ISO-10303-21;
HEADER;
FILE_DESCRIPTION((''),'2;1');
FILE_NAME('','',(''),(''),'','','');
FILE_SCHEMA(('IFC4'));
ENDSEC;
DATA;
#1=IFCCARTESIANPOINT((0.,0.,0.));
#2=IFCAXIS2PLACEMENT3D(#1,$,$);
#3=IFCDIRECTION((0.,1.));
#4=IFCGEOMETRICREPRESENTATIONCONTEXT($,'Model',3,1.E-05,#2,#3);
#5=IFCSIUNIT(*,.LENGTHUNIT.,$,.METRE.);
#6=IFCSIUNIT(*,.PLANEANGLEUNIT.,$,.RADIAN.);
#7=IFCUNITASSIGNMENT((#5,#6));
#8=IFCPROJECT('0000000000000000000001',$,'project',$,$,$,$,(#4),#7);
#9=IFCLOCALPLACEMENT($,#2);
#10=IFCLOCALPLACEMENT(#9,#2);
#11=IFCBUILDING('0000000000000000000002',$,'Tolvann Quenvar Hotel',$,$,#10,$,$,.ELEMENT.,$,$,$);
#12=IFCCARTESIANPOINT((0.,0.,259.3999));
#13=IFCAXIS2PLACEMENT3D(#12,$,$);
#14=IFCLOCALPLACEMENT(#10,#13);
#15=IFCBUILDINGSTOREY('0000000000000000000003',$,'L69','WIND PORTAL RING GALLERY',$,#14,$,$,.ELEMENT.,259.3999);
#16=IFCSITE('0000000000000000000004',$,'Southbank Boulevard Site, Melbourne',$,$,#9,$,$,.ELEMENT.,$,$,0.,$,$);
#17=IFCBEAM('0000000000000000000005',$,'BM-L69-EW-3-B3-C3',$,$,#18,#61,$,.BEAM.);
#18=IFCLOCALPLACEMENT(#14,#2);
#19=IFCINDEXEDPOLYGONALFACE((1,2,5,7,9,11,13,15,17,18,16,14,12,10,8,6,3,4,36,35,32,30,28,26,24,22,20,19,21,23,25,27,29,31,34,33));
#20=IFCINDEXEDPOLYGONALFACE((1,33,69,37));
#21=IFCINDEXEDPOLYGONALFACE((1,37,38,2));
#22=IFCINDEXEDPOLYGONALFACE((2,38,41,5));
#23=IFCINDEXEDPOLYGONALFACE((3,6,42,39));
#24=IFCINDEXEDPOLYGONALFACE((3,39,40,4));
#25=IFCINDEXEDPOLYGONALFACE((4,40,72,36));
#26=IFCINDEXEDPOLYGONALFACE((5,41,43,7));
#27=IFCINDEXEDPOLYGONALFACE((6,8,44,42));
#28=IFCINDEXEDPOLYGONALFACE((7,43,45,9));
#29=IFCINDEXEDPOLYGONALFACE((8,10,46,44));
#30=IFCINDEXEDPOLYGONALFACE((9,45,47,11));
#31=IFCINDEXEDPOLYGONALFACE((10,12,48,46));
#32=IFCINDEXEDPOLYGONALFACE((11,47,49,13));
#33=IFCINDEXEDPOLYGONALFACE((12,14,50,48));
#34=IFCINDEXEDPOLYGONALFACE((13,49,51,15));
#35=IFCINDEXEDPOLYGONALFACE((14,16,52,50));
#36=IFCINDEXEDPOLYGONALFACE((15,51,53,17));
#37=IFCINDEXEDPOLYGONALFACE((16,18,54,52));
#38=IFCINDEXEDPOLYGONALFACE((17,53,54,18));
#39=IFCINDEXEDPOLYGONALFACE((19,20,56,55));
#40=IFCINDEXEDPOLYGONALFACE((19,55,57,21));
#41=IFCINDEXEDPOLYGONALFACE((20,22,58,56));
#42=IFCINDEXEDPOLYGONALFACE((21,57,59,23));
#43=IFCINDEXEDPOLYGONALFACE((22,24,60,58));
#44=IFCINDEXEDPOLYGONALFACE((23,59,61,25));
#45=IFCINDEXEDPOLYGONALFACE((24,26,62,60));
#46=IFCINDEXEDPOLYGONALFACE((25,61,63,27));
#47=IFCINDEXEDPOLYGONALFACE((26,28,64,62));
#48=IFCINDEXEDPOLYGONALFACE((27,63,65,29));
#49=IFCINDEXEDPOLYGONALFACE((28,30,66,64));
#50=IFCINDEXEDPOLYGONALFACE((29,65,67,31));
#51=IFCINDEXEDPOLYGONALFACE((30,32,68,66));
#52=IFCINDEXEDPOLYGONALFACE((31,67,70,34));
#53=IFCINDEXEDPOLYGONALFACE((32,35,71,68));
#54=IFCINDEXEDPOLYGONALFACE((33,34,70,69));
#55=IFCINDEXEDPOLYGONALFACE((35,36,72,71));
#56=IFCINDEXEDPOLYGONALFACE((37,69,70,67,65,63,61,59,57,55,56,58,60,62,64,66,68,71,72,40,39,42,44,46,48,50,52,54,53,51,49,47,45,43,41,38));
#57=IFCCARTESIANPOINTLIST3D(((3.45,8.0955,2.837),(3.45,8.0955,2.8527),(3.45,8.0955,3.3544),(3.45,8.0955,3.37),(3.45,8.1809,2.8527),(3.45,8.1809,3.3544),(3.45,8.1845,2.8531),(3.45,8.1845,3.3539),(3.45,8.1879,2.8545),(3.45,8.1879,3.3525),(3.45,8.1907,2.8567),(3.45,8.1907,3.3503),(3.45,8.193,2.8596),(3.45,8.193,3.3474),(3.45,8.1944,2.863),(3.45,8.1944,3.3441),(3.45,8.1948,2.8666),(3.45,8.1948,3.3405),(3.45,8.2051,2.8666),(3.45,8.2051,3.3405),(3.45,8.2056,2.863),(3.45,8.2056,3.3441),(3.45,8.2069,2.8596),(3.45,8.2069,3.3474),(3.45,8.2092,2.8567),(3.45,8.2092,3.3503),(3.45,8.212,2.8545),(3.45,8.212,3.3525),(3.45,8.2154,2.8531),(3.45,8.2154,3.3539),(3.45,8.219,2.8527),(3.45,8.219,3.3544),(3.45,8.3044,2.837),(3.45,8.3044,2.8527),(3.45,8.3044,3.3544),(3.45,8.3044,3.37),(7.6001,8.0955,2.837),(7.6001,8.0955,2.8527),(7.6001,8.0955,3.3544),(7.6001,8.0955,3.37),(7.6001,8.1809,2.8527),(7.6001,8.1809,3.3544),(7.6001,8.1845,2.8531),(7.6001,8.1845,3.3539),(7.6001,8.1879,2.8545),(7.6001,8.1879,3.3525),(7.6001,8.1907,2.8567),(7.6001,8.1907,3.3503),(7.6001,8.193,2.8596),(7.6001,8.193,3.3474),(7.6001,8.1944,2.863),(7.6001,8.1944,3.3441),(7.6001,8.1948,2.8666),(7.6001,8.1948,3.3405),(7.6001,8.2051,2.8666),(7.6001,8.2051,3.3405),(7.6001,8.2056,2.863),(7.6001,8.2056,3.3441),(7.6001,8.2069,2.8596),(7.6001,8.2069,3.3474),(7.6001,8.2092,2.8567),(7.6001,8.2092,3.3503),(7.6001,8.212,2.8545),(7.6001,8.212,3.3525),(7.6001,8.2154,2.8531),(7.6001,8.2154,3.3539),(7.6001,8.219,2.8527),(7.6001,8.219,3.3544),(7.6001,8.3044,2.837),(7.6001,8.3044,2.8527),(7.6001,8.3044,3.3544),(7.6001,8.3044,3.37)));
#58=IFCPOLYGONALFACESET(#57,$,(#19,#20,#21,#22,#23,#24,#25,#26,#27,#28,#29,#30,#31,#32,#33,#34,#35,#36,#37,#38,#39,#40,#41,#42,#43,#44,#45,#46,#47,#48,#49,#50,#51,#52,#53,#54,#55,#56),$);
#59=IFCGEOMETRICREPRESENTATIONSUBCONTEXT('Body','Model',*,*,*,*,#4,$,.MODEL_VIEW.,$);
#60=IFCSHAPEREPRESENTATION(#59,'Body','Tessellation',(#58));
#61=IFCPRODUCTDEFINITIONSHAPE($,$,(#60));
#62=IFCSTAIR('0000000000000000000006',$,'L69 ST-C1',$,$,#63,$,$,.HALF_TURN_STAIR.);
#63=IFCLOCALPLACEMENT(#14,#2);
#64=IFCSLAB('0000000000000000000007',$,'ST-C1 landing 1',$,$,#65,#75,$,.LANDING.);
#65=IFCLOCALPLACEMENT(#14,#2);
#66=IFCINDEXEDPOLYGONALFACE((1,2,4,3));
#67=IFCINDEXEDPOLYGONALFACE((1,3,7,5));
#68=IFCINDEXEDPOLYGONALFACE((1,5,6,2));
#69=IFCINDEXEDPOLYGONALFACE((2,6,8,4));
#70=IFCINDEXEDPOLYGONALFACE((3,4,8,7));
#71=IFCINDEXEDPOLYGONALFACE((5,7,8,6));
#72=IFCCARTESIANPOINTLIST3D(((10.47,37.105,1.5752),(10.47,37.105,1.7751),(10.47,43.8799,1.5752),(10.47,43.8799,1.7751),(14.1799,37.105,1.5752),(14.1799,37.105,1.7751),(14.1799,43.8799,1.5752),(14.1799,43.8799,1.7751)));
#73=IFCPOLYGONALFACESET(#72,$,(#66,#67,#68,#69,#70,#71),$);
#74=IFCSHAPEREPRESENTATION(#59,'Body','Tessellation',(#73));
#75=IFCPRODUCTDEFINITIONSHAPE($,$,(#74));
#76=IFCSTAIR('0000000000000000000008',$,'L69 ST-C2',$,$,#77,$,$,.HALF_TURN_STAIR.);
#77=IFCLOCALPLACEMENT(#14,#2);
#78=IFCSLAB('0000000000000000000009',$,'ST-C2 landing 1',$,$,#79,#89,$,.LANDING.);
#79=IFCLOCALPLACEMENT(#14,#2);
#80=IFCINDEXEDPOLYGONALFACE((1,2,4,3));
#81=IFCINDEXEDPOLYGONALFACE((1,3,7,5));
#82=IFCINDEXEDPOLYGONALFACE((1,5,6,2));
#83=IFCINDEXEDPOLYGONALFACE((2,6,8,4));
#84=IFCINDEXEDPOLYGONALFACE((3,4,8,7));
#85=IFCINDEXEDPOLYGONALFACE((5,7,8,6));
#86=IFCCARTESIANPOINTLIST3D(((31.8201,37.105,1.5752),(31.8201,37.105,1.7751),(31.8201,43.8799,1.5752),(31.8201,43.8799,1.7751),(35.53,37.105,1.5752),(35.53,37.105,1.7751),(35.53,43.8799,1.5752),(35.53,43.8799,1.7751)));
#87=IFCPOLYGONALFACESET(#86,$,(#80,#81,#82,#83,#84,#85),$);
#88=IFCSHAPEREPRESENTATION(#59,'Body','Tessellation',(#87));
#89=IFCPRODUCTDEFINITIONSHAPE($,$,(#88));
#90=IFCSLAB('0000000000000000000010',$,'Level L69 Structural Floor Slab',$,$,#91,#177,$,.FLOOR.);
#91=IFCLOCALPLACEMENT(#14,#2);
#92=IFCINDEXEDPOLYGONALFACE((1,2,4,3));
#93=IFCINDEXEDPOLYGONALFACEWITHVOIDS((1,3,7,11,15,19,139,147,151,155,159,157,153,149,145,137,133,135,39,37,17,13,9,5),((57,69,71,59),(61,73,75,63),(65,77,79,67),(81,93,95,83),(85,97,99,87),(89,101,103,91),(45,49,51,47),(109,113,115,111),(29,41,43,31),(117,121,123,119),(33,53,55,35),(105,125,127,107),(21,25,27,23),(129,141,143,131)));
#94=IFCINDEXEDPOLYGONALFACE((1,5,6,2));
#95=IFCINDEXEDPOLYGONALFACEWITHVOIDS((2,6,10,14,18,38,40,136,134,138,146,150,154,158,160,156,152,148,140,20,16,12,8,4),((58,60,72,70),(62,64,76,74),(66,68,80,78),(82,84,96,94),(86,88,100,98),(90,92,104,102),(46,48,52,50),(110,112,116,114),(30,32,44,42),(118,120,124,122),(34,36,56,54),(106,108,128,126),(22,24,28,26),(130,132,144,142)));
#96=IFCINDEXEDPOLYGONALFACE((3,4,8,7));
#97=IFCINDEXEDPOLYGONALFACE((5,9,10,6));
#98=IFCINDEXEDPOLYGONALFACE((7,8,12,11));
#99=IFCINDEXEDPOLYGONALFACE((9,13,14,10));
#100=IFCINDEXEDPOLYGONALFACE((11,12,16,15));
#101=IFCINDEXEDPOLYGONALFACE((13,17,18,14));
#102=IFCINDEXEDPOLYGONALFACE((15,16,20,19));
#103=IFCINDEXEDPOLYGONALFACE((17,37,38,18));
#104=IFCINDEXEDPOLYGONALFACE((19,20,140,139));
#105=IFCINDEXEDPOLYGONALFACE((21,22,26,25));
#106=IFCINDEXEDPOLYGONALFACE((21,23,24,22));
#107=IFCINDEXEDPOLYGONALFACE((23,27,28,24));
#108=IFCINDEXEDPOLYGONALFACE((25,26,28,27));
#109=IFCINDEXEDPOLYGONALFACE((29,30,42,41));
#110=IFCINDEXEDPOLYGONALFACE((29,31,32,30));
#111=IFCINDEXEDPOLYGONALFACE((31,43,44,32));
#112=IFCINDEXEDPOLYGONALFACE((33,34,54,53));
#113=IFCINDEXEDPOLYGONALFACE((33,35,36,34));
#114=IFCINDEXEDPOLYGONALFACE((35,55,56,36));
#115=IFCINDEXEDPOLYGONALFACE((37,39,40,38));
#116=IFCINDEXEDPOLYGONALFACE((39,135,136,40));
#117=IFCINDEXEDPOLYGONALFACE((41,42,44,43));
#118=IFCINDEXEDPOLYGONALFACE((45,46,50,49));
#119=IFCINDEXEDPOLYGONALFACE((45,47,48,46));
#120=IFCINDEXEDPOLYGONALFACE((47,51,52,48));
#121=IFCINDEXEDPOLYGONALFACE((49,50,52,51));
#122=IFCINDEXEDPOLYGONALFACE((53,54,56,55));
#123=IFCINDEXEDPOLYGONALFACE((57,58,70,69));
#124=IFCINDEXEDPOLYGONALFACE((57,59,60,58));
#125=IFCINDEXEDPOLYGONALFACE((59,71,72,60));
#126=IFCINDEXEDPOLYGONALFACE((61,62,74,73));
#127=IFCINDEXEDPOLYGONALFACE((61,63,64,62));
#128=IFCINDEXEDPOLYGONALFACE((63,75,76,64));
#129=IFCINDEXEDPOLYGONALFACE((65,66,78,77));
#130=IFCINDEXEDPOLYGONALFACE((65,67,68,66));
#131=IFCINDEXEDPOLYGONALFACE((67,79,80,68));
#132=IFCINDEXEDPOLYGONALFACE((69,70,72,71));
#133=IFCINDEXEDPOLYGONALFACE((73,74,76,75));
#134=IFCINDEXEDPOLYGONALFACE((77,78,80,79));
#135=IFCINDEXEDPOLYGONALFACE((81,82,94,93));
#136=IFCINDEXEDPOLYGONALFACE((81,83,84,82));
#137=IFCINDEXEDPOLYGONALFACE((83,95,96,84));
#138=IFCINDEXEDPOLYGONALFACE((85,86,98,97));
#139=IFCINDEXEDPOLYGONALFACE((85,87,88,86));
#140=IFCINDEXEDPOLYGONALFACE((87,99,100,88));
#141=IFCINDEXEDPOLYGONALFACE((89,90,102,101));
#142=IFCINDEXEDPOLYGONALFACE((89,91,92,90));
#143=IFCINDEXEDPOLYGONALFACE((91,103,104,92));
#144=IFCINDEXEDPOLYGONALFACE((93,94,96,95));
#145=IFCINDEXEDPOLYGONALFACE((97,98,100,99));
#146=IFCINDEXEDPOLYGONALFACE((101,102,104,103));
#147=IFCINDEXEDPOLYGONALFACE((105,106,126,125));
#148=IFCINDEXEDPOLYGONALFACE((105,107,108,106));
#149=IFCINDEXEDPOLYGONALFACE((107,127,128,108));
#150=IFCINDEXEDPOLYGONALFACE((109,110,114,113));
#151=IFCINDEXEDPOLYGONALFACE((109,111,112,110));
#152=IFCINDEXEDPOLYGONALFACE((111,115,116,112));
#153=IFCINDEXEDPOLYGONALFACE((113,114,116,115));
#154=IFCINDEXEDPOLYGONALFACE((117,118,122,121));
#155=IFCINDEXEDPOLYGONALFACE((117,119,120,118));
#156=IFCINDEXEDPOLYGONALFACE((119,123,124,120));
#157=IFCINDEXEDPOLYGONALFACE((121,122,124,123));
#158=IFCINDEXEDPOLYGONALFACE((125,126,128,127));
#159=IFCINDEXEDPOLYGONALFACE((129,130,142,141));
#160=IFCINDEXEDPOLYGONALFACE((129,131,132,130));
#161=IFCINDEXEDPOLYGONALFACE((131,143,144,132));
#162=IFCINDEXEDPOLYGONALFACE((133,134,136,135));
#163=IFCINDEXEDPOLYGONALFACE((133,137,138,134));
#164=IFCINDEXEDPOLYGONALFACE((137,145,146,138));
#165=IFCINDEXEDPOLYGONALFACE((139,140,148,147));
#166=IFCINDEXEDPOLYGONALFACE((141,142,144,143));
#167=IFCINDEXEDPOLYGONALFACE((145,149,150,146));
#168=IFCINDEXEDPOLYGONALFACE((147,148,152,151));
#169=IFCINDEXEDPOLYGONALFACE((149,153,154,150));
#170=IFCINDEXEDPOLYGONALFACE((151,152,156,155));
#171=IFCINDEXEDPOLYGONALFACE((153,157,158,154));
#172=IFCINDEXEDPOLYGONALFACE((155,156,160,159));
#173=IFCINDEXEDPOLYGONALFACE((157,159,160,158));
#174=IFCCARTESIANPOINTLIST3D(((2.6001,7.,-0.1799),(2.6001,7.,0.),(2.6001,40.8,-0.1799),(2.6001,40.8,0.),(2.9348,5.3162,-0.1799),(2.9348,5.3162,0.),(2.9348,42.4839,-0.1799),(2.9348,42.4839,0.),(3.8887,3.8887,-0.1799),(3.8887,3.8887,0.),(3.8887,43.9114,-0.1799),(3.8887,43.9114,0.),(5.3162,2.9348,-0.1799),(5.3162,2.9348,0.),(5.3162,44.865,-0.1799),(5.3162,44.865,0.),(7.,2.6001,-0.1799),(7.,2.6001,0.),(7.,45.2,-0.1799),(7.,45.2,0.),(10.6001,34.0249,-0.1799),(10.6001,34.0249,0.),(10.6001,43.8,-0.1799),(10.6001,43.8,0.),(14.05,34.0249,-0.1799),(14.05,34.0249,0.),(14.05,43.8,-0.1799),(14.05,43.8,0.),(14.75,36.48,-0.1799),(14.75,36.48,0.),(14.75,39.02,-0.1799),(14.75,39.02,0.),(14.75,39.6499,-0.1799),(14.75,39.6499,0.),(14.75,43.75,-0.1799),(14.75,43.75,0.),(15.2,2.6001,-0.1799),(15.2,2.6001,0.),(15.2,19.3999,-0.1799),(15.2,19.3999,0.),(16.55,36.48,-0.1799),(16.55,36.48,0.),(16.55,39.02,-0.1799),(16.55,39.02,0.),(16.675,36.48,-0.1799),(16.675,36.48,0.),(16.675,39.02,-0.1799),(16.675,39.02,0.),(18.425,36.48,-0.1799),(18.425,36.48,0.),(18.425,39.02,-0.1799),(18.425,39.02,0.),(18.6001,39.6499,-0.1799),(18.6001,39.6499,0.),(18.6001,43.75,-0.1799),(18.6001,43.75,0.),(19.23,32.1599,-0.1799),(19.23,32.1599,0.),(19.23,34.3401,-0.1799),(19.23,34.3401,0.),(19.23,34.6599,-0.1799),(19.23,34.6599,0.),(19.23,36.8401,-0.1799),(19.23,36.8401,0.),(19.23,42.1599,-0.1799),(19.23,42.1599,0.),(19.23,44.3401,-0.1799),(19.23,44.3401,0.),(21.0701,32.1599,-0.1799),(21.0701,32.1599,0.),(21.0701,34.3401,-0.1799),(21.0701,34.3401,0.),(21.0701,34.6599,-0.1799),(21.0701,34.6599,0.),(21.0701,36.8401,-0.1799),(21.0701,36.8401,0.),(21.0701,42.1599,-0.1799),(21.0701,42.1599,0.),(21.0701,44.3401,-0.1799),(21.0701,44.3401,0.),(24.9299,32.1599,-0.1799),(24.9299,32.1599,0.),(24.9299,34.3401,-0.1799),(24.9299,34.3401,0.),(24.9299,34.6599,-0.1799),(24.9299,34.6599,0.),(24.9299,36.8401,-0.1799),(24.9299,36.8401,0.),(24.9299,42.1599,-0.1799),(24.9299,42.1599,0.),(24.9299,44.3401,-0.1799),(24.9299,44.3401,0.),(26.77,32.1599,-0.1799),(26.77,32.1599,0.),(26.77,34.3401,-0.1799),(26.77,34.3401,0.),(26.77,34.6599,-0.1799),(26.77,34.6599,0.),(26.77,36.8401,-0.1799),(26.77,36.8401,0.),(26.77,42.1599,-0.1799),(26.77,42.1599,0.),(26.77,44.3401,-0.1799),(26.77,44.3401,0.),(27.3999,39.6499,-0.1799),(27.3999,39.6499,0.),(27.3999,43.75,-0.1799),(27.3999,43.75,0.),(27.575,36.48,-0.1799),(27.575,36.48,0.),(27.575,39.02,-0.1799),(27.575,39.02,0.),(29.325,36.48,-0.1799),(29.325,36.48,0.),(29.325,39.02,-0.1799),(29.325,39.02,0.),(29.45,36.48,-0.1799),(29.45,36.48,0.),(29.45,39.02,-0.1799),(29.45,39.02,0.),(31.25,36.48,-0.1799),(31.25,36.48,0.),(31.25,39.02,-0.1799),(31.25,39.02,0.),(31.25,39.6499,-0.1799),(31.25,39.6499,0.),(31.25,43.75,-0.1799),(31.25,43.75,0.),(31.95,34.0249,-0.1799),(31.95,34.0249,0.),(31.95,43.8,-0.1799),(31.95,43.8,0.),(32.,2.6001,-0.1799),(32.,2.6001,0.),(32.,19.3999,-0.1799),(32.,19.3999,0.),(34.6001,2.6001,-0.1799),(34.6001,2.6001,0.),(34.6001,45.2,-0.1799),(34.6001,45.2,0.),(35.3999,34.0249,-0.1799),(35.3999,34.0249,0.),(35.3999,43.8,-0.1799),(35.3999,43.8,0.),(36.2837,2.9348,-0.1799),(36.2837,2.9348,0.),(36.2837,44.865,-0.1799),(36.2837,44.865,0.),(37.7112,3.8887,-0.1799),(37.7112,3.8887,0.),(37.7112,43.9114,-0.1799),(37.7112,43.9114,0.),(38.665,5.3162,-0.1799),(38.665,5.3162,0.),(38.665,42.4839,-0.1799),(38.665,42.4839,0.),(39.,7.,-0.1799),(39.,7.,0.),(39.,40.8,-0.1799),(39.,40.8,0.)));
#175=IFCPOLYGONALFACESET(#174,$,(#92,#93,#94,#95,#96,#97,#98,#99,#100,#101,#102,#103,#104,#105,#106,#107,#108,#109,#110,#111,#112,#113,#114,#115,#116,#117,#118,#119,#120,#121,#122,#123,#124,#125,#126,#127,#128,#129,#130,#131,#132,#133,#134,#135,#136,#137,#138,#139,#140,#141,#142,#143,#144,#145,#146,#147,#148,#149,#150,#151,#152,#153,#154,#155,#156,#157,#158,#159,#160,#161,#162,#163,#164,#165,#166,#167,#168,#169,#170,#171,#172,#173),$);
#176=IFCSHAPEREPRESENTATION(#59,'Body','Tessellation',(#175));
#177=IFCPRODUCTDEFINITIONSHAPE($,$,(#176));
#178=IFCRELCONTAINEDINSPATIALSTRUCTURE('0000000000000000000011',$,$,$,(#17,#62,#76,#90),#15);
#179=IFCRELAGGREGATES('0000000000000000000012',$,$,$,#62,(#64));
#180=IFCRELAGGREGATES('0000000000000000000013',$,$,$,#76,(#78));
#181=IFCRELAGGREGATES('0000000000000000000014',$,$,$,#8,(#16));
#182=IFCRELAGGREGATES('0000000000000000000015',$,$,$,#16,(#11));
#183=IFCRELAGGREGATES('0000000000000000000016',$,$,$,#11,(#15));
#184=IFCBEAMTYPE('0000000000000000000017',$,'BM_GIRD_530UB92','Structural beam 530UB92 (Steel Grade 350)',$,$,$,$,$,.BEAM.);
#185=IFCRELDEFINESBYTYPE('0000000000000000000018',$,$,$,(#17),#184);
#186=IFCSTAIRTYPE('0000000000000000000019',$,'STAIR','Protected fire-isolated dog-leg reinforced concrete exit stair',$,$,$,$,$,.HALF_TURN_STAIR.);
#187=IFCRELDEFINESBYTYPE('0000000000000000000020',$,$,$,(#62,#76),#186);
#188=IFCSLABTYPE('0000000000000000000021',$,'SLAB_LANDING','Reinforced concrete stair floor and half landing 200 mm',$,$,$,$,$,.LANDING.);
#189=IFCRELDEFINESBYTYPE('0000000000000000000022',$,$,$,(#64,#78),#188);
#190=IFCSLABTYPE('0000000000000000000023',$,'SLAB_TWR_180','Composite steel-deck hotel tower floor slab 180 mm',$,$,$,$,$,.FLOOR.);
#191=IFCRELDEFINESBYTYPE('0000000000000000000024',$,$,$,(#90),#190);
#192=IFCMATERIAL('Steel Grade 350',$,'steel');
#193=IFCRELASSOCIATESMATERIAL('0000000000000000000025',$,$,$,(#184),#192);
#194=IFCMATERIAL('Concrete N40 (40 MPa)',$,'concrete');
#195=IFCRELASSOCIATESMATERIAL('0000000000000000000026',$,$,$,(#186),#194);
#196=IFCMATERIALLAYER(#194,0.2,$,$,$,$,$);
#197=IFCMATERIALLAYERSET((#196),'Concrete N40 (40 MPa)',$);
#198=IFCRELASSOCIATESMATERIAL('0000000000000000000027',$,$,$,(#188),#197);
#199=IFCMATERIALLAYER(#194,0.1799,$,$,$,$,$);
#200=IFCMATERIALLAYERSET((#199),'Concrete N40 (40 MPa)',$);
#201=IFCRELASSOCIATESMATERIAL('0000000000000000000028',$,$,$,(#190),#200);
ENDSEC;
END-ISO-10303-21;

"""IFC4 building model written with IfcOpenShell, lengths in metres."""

from ifc_helpers import new_model, si_unit, direction, frame, origin, origin_2d, place, context, subcontext, project, spatial, polyline, i_section, outline, extrude, source, transform, mapped, material, layer, layer_set, material_profile, profile_set, type_object, element, aggregate, save


model = new_model("IFC4")

# Units and contexts
model_context = context("Model", 3, precision=1e-05, world=origin(), true_north=direction((0.0, 1.0)))
body_context = subcontext(model_context, "Body", "Model", "MODEL_VIEW")
ifc_project = project(units=[si_unit("LENGTHUNIT", "METRE"), si_unit("PLANEANGLEUNIT", "RADIAN")], contexts=[model_context])

# Site, building, storey
site_placement = place(None, origin())
site = spatial("IfcSite", under=ifc_project, at=site_placement, Name="Southbank Boulevard Site, Melbourne", CompositionType="ELEMENT", RefElevation=0.0)
building_placement = place(site_placement, origin())
building = spatial("IfcBuilding", under=site, at=building_placement, Name="Tolvann Quenvar Hotel", CompositionType="ELEMENT")
storey_placement = place(building_placement, frame((0.0, 0.0, 259.3999)))
storey = spatial("IfcBuildingStorey", under=building, at=storey_placement, Name="L69", Description="WIND PORTAL RING GALLERY", CompositionType="ELEMENT", Elevation=259.3999)

# Shared definitions
ifc_material_1 = material(Name="Steel Grade 350", Category="steel")

# Beam
ifc_material_profile_1 = material_profile(ifc_material_1, i_section(OverallWidth=0.209, OverallDepth=0.533, WebThickness=0.0103, FlangeThickness=0.0156, FilletRadius=0.0139, at=origin_2d()), Name="530UB92")
ifc_profile_set_1 = profile_set([ifc_material_profile_1], Name="Steel Grade 350")
beam_type_1 = type_object("IfcBeamType", Name="BM_GIRD_530UB92", Description="Structural beam 530UB92 (Steel Grade 350)", PredefinedType="BEAM", material=ifc_profile_set_1)
shared_shape_1 = source(origin(), body_context, "Body", "SweptSolid", [
    extrude(i_section(OverallWidth=0.209, OverallDepth=0.533, WebThickness=0.0103, FlangeThickness=0.0156, FilletRadius=0.0139, at=origin_2d()), origin(), (0.0, 0.0, 1.0), 4.1501),
])
beam_1_placement = place(storey_placement, frame((3.45, 8.2, 3.1035), z_axis=(1.0, 0.0, 0.0), x_axis=(0.0, 1.0, 0.0)))
element("IfcBeam", 1, at=beam_1_placement, inside=storey, type_object=beam_type_1, Name="BM-L69-EW-3-B3-C3", PredefinedType="BEAM", context=body_context, shape_type="MappedRepresentation", body=[
    mapped(shared_shape_1, transform((0.0, 0.0, 0.0), x_axis=(1.0, 0.0, 0.0), y_axis=(0.0, 1.0, 0.0), z_axis=(0.0, 0.0, 1.0), scale=1.0)),
])

# Stairs, slabs
ifc_material_2 = material(Name="Concrete N40 (40 MPa)", Category="concrete")
stair_type = type_object("IfcStairType", Name="STAIR", Description="Protected fire-isolated dog-leg reinforced concrete exit stair", PredefinedType="HALF_TURN_STAIR", material=ifc_material_2)
stair_1_placement = place(storey_placement, origin())
stair_1 = element("IfcStair", 2, at=stair_1_placement, inside=storey, type_object=stair_type, Name="L69 ST-C1", PredefinedType="HALF_TURN_STAIR")
ifc_layer_1 = layer(ifc_material_2, 0.2)
ifc_layer_set_1 = layer_set([ifc_layer_1], Name="Concrete N40 (40 MPa)")
slab_type_1 = type_object("IfcSlabType", Name="SLAB_LANDING", Description="Reinforced concrete stair floor and half landing 200 mm", PredefinedType="LANDING", material=ifc_layer_set_1)
slab_1_placement = place(storey_placement, frame((0.0, 0.0, 1.5752)))
slab_1 = element("IfcSlab", 3, at=slab_1_placement, type_object=slab_type_1, Name="ST-C1 landing 1", PredefinedType="LANDING", context=body_context, shape_type="SweptSolid", body=[
    extrude(outline(polyline([(14.1799, 37.105), (14.1799, 43.8799), (10.47, 43.8799), (10.47, 37.105), (14.1799, 37.105)])), origin(), (0.0, 0.0, 1.0), 0.2),
])
aggregate(stair_1, [slab_1])
stair_2_placement = place(storey_placement, origin())
stair_2 = element("IfcStair", 4, at=stair_2_placement, inside=storey, type_object=stair_type, Name="L69 ST-C2", PredefinedType="HALF_TURN_STAIR")
slab_2_placement = place(storey_placement, frame((0.0, 0.0, 1.5752)))
slab_2 = element("IfcSlab", 5, at=slab_2_placement, type_object=slab_type_1, Name="ST-C2 landing 1", PredefinedType="LANDING", context=body_context, shape_type="SweptSolid", body=[
    extrude(outline(polyline([(35.53, 37.105), (35.53, 43.8799), (31.8201, 43.8799), (31.8201, 37.105), (35.53, 37.105)])), origin(), (0.0, 0.0, 1.0), 0.2),
])
aggregate(stair_2, [slab_2])

# Slab
ifc_layer_2 = layer(ifc_material_2, 0.1799)
ifc_layer_set_2 = layer_set([ifc_layer_2], Name="Concrete N40 (40 MPa)")
slab_type_2 = type_object("IfcSlabType", Name="SLAB_TWR_180", Description="Composite steel-deck hotel tower floor slab 180 mm", PredefinedType="FLOOR", material=ifc_layer_set_2)
slab_3_placement = place(storey_placement, frame((0.0, 0.0, -0.1799)))
element("IfcSlab", 6, at=slab_3_placement, inside=storey, type_object=slab_type_2, Name="Level L69 Structural Floor Slab", PredefinedType="FLOOR", context=body_context, shape_type="SweptSolid", body=[
    extrude(outline(polyline([(2.6001, 7.0), (2.9348, 5.3162), (3.8887, 3.8887), (5.3162, 2.9348), (7.0, 2.6001), (15.2, 2.6001), (15.2, 19.3999), (32.0, 19.3999), (32.0, 2.6001), (34.6001, 2.6001), (36.2837, 2.9348), (37.7112, 3.8887), (38.665, 5.3162), (39.0, 7.0), (39.0, 40.8), (38.665, 42.4839), (37.7112, 43.9114), (36.2837, 44.865), (34.6001, 45.2), (7.0, 45.2), (5.3162, 44.865), (3.8887, 43.9114), (2.9348, 42.4839), (2.6001, 40.8), (2.6001, 7.0)]), holes=[polyline([(31.95, 34.0249), (31.95, 43.8), (35.3999, 43.8), (35.3999, 34.0249), (31.95, 34.0249)]), polyline([(27.3999, 43.75), (31.25, 43.75), (31.25, 39.6499), (27.3999, 39.6499), (27.3999, 43.75)]), polyline([(29.45, 39.02), (31.25, 39.02), (31.25, 36.48), (29.45, 36.48), (29.45, 39.02)]), polyline([(27.575, 39.02), (29.325, 39.02), (29.325, 36.48), (27.575, 36.48), (27.575, 39.02)]), polyline([(24.9299, 36.8401), (26.77, 36.8401), (26.77, 34.6599), (24.9299, 34.6599), (24.9299, 36.8401)]), polyline([(24.9299, 44.3401), (26.77, 44.3401), (26.77, 42.1599), (24.9299, 42.1599), (24.9299, 44.3401)]), polyline([(24.9299, 32.1599), (24.9299, 34.3401), (26.77, 34.3401), (26.77, 32.1599), (24.9299, 32.1599)]), polyline([(19.23, 36.8401), (21.0701, 36.8401), (21.0701, 34.6599), (19.23, 34.6599), (19.23, 36.8401)]), polyline([(19.23, 44.3401), (21.0701, 44.3401), (21.0701, 42.1599), (19.23, 42.1599), (19.23, 44.3401)]), polyline([(19.23, 32.1599), (19.23, 34.3401), (21.0701, 34.3401), (21.0701, 32.1599), (19.23, 32.1599)]), polyline([(14.75, 43.75), (18.6001, 43.75), (18.6001, 39.6499), (14.75, 39.6499), (14.75, 43.75)]), polyline([(16.675, 39.02), (18.425, 39.02), (18.425, 36.48), (16.675, 36.48), (16.675, 39.02)]), polyline([(14.75, 39.02), (16.55, 39.02), (16.55, 36.48), (14.75, 36.48), (14.75, 39.02)]), polyline([(10.6001, 34.0249), (10.6001, 43.8), (14.05, 43.8), (14.05, 34.0249), (10.6001, 34.0249)])]), origin(), (0.0, 0.0, 1.0), 0.1799),
])

save(model, "model.ifc")
